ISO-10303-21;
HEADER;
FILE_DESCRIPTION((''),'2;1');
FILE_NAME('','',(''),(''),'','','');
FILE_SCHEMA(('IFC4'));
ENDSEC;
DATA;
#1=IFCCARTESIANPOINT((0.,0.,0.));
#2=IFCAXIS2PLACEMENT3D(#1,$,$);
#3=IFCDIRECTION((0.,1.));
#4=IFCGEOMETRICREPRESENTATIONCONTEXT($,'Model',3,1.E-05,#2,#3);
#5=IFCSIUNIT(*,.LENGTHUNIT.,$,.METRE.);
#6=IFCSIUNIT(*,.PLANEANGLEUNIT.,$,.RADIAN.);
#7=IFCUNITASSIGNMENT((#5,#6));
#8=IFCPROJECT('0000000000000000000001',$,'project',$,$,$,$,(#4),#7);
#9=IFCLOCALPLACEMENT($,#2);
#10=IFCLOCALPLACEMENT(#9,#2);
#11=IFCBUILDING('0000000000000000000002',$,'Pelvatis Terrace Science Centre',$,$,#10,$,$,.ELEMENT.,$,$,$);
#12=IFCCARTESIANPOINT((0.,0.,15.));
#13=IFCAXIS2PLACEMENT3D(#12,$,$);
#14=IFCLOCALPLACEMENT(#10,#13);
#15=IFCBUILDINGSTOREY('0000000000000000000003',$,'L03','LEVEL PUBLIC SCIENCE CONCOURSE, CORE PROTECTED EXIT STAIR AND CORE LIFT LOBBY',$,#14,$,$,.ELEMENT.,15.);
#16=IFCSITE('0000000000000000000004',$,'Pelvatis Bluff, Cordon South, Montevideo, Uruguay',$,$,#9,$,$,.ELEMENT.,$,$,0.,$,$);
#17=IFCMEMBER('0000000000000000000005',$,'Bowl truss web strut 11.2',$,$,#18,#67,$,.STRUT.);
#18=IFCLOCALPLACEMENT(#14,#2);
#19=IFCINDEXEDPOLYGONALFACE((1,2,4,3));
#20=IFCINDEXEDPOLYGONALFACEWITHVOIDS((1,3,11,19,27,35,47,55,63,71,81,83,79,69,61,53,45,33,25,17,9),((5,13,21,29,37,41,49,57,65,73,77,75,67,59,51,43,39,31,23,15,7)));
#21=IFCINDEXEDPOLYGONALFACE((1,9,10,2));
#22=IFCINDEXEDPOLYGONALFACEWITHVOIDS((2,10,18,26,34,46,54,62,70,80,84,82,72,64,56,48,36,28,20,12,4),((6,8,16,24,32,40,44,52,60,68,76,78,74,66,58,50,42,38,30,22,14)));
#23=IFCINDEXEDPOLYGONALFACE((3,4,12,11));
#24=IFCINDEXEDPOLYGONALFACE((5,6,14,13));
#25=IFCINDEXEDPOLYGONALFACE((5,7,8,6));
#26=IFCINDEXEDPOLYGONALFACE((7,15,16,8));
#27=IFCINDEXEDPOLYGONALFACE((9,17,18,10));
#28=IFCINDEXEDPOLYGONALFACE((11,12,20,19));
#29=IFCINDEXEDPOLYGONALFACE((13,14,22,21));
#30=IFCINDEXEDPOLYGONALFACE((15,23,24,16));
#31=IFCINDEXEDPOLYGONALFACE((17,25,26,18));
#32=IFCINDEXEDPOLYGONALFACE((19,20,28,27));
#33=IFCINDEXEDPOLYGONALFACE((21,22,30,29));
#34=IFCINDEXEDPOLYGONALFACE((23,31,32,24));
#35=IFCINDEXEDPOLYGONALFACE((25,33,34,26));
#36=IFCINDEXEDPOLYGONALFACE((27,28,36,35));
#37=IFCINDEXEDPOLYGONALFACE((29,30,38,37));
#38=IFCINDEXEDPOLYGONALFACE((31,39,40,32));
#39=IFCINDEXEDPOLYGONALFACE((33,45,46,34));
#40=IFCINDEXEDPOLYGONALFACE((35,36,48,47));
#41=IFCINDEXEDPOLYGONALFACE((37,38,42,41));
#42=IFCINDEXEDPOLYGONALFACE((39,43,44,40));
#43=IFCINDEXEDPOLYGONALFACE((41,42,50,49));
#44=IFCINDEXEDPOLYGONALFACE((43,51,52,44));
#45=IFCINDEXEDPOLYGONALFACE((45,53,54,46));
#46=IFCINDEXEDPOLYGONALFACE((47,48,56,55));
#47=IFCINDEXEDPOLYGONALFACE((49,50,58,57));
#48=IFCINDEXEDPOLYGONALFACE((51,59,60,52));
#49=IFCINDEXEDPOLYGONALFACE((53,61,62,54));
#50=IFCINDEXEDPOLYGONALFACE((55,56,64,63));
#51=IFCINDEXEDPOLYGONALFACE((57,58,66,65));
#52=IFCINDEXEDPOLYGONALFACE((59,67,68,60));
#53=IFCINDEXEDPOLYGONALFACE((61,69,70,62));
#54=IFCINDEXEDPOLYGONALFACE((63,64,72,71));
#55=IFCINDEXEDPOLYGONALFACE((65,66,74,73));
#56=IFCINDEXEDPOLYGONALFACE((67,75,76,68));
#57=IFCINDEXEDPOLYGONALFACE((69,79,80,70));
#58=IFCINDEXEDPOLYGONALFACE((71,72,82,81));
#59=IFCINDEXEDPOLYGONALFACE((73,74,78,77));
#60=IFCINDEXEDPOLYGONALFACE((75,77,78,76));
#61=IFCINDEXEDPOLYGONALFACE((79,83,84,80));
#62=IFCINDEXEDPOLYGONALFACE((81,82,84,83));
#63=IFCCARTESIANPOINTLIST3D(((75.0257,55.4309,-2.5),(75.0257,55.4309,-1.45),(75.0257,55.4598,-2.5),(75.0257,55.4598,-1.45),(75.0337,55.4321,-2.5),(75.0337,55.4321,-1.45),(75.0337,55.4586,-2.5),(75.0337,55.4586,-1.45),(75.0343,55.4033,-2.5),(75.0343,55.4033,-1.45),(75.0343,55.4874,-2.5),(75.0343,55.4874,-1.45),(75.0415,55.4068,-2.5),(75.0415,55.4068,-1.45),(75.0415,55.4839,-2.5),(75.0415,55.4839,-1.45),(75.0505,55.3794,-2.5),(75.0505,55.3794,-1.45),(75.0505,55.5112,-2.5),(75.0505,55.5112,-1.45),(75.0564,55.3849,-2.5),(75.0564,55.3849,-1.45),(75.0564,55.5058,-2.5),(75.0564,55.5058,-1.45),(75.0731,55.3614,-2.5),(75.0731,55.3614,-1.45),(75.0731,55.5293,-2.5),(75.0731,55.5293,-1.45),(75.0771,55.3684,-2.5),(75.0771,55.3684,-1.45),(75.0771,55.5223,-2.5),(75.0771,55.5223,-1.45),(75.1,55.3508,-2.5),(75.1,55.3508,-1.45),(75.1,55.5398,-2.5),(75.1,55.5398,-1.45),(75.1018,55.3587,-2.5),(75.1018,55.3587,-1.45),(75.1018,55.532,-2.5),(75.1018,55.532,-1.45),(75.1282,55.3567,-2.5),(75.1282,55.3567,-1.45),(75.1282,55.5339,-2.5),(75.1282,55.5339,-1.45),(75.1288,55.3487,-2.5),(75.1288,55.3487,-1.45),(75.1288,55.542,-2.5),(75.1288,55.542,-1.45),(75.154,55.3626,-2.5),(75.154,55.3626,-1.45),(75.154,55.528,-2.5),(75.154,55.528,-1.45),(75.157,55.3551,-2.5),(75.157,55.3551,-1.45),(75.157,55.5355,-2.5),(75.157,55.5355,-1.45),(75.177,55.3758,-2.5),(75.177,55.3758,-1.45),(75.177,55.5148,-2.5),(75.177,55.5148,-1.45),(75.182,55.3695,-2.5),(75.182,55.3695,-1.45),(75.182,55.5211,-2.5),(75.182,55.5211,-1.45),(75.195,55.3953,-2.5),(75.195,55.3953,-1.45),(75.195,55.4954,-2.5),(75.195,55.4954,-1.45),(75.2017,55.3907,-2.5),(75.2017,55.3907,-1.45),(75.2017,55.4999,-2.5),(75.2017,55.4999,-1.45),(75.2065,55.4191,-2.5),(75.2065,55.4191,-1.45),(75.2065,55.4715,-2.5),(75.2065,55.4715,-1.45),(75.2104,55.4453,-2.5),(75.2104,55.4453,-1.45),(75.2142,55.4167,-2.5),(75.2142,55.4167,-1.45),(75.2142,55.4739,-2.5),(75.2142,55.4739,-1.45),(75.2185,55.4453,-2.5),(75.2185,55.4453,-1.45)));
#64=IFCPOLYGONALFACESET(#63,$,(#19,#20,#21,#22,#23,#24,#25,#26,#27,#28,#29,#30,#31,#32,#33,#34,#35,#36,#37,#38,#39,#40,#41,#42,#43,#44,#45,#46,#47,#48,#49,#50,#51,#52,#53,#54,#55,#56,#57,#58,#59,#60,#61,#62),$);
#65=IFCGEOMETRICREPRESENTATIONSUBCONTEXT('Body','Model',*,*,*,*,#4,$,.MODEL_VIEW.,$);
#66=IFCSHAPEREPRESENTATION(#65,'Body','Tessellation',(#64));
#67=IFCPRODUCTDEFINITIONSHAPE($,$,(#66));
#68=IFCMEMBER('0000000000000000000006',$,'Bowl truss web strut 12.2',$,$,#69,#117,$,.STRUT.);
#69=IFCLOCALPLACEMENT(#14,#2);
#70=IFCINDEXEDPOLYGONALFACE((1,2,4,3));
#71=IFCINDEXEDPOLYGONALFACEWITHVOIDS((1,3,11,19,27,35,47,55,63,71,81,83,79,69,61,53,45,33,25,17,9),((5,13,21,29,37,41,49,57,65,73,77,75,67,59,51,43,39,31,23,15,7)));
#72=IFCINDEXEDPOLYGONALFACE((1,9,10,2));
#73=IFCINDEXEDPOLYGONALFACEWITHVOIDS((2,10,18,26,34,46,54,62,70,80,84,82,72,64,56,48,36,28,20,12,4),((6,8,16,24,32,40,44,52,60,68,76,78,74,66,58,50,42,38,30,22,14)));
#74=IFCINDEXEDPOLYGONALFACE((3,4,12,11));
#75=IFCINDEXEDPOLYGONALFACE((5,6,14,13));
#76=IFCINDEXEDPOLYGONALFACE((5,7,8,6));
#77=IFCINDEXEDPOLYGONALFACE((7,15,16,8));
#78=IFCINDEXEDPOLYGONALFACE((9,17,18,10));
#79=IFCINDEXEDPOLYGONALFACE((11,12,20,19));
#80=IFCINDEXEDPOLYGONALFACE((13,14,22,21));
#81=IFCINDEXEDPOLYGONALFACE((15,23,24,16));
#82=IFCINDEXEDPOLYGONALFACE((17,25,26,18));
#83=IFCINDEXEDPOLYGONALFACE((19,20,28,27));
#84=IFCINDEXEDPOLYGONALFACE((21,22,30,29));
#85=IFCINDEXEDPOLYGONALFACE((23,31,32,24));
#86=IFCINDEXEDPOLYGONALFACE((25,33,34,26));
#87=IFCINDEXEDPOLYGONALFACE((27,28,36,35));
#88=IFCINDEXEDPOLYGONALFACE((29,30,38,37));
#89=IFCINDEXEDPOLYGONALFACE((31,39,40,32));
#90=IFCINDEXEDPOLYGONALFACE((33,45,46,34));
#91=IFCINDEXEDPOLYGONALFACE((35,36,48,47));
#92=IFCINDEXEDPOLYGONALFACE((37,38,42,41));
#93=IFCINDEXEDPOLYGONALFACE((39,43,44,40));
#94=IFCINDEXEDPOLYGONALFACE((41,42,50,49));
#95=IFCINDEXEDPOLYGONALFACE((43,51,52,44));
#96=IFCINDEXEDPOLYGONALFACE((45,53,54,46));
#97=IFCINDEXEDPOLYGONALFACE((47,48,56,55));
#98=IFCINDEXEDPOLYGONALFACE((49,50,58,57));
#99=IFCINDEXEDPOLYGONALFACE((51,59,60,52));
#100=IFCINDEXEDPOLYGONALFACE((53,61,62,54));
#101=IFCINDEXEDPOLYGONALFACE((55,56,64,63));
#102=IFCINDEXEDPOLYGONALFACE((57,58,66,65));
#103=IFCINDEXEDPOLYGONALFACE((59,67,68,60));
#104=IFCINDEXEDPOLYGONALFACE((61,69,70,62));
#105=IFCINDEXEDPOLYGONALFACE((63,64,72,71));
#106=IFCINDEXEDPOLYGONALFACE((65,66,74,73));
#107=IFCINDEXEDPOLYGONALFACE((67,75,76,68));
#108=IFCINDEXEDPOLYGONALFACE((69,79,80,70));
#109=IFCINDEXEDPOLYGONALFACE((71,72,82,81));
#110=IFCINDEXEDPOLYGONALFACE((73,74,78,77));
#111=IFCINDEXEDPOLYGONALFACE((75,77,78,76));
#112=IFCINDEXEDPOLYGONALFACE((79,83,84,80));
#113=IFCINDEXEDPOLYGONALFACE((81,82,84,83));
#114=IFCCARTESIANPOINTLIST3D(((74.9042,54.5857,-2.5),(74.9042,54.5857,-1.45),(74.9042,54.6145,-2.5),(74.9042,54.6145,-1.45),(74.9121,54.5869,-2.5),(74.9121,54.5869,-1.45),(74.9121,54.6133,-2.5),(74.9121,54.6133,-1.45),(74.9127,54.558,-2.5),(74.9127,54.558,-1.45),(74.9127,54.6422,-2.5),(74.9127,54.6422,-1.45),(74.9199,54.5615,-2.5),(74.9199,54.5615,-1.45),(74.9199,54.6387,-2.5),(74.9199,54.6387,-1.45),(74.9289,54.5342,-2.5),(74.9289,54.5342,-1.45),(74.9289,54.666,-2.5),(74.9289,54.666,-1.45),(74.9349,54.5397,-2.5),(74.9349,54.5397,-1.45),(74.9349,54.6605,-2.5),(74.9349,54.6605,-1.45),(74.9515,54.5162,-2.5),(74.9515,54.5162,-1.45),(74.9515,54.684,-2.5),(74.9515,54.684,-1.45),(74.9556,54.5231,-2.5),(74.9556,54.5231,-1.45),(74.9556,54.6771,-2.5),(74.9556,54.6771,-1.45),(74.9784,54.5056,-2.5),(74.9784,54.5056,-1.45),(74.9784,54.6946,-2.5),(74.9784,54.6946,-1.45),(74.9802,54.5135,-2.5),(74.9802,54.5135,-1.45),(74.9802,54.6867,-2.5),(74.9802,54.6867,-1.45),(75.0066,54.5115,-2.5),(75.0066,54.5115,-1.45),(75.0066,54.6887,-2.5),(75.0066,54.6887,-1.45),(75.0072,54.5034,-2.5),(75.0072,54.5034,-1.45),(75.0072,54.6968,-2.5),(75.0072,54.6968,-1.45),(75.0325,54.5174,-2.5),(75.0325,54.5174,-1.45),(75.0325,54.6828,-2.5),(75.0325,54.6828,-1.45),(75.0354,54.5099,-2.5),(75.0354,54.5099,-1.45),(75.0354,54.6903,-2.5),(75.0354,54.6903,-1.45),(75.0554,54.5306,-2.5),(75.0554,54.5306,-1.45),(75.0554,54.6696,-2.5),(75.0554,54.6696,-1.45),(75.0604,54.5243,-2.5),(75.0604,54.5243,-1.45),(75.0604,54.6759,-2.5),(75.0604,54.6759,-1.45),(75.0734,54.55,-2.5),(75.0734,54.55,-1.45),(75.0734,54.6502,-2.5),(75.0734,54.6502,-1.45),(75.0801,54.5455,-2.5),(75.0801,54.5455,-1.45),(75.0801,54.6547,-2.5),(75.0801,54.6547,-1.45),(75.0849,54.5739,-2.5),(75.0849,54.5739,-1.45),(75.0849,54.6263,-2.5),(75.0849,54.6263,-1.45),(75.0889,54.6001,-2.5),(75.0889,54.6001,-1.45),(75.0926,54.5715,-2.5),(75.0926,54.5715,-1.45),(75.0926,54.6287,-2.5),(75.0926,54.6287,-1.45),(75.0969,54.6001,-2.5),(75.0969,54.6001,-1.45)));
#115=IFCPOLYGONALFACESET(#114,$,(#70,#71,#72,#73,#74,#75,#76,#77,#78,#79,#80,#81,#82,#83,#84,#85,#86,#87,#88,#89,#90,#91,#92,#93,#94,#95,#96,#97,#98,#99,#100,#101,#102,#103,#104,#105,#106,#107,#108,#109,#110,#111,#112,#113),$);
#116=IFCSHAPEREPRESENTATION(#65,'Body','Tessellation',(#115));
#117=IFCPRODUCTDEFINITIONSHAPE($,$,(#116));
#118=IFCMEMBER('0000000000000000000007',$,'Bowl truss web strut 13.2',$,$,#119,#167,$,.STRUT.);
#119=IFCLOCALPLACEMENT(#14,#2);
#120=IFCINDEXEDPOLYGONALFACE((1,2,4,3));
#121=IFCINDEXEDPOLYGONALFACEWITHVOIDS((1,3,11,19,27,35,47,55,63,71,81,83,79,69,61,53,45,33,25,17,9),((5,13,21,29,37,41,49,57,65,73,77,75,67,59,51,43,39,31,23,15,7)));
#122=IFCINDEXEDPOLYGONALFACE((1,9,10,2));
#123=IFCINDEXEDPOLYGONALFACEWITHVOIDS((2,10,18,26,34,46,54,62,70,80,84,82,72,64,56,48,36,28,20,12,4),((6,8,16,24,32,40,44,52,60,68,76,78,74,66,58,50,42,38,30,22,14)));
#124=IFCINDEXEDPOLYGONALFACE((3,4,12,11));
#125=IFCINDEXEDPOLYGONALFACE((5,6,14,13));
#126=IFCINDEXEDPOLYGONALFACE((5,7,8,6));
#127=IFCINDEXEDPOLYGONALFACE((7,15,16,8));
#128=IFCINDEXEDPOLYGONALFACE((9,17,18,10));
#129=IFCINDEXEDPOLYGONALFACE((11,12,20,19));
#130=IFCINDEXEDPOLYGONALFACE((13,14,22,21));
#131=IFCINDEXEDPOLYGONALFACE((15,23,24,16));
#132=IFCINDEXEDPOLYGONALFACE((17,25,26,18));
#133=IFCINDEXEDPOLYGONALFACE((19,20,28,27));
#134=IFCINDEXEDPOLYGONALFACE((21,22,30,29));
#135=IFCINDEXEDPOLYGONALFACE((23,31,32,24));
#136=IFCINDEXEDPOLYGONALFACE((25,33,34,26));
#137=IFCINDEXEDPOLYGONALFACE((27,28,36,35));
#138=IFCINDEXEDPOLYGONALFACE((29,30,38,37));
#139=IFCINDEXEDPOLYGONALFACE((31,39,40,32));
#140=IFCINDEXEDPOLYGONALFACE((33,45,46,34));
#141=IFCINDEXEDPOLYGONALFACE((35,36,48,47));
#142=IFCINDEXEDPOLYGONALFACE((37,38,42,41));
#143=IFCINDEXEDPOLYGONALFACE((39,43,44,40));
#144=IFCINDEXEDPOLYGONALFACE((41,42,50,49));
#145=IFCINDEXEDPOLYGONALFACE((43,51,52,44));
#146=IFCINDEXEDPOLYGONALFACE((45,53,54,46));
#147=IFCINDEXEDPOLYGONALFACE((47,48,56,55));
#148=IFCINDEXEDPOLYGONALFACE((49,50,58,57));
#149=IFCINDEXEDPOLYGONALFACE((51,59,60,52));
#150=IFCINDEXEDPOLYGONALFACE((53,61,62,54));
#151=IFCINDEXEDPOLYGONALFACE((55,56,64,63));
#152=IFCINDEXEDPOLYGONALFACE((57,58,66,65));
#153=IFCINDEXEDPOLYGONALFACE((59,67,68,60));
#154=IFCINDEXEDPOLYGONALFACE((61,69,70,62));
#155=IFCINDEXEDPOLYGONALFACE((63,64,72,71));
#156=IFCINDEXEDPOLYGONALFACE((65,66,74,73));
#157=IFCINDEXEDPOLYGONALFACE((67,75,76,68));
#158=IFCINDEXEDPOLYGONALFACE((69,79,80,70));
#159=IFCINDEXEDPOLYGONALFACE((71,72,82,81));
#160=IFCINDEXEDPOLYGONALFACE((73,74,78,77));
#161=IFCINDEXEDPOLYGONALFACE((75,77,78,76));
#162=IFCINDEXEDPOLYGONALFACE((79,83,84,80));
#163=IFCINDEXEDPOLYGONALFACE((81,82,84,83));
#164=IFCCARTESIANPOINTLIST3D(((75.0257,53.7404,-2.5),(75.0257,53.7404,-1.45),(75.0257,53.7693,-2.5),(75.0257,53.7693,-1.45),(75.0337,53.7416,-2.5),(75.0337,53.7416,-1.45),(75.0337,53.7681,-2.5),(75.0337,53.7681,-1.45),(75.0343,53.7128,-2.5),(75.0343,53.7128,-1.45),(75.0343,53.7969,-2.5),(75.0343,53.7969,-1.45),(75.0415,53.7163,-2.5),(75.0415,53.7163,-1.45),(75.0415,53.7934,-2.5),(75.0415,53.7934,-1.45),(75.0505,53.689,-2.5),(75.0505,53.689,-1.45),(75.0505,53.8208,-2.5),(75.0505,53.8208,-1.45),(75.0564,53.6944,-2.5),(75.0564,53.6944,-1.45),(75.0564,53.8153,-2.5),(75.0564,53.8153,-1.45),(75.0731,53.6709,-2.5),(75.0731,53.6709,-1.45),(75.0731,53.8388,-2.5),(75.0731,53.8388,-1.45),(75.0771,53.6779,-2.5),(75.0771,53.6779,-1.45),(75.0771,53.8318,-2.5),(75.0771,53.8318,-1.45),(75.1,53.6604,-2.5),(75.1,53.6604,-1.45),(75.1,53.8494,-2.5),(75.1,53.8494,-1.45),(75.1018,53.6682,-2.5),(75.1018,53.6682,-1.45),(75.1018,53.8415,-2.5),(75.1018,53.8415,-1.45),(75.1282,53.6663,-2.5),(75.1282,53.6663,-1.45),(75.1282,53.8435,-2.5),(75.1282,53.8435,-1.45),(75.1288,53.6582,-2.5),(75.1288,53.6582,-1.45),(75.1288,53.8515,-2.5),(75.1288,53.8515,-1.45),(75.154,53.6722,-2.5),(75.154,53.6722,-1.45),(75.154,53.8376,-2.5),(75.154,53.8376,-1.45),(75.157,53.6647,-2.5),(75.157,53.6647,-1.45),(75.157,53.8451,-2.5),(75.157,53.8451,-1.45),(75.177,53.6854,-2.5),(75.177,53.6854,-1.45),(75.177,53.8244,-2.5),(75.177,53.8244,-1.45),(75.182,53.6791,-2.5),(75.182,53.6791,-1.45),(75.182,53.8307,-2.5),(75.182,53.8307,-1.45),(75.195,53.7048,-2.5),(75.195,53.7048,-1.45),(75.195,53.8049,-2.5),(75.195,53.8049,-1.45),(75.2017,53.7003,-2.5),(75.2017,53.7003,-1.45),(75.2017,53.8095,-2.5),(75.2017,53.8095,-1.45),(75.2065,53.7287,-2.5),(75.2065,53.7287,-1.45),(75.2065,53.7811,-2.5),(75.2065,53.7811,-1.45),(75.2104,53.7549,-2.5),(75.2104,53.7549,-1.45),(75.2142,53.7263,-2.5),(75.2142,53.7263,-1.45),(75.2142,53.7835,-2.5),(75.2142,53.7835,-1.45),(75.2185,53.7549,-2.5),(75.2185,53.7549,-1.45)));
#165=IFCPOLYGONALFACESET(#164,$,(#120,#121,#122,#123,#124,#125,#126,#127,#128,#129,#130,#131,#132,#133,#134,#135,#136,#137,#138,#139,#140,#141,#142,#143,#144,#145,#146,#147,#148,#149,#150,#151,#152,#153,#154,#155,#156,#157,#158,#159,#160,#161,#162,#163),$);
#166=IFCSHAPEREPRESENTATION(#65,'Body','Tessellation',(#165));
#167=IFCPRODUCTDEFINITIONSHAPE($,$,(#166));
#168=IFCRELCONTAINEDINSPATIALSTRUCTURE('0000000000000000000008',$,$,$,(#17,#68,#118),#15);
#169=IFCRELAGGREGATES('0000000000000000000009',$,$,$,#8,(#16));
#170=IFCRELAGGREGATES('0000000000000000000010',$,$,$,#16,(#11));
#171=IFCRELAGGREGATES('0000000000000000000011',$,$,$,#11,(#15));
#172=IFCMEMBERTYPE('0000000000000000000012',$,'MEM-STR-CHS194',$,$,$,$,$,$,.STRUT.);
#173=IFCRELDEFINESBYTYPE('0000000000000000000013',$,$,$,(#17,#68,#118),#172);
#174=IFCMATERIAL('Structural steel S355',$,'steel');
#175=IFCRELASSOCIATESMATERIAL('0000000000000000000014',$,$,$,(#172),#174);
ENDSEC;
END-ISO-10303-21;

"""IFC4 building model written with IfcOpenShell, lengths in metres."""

from ifc_helpers import new_model, si_unit, direction, frame, origin, origin_2d, place, context, subcontext, project, spatial, hollow_circle, extrude, material, material_profile, profile_set, type_object, element, save


model = new_model("IFC4")

# Units and contexts
model_context = context("Model", 3, precision=1e-05, world=origin(), true_north=direction((0.0, 1.0)))
body_context = subcontext(model_context, "Body", "Model", "MODEL_VIEW")
ifc_project = project(units=[si_unit("LENGTHUNIT", "METRE"), si_unit("PLANEANGLEUNIT", "RADIAN")], contexts=[model_context])

# Site, building, storey
site_placement = place(None, origin())
site = spatial("IfcSite", under=ifc_project, at=site_placement, Name="Pelvatis Bluff, Cordon South, Montevideo, Uruguay", CompositionType="ELEMENT", RefElevation=0.0)
building_placement = place(site_placement, origin())
building = spatial("IfcBuilding", under=site, at=building_placement, Name="Pelvatis Terrace Science Centre", CompositionType="ELEMENT")
storey_placement = place(building_placement, frame((0.0, 0.0, 15.0)))
storey = spatial("IfcBuildingStorey", under=building, at=storey_placement, Name="L03", Description="LEVEL PUBLIC SCIENCE CONCOURSE, CORE PROTECTED EXIT STAIR AND CORE LIFT LOBBY", CompositionType="ELEMENT", Elevation=15.0)

# Members
ifc_material_1 = material(Name="Structural steel S355", Category="steel")
ifc_material_profile_1 = material_profile(ifc_material_1, hollow_circle(Radius=0.0969, WallThickness=0.0081, at=origin_2d()), Name="CHS 193.7x8.0")
ifc_profile_set_1 = profile_set([ifc_material_profile_1], Name="Structural steel S355")
member_type = type_object("IfcMemberType", Name="MEM-STR-CHS194", PredefinedType="STRUT", material=ifc_profile_set_1)
for number, where, z_axis, x_axis, name in (
    (1, (75.1216, 55.4453, -2.5), (0.0, 0.0, 1.0), (1.0, 0.0, 0.0), "Bowl truss web strut 11.2"),
    (2, (75.0, 54.6001, -2.5), (0.0, 0.0, 1.0), (1.0, 0.0, 0.0), "Bowl truss web strut 12.2"),
    (3, (75.1216, 53.7549, -2.5), (0.0, 0.0, 1.0), (1.0, 0.0, 0.0), "Bowl truss web strut 13.2"),
):
    element("IfcMember", number, at=place(storey_placement, frame(where, z_axis=z_axis, x_axis=x_axis)), inside=storey, type_object=member_type, Name=name, PredefinedType="STRUT", context=body_context, shape_type="SweptSolid", body=[
        extrude(hollow_circle(Radius=0.0969, WallThickness=0.0081, at=origin_2d()), origin(), (0.0, 0.0, 1.0), 1.05),
    ])

save(model, "model.ifc")
